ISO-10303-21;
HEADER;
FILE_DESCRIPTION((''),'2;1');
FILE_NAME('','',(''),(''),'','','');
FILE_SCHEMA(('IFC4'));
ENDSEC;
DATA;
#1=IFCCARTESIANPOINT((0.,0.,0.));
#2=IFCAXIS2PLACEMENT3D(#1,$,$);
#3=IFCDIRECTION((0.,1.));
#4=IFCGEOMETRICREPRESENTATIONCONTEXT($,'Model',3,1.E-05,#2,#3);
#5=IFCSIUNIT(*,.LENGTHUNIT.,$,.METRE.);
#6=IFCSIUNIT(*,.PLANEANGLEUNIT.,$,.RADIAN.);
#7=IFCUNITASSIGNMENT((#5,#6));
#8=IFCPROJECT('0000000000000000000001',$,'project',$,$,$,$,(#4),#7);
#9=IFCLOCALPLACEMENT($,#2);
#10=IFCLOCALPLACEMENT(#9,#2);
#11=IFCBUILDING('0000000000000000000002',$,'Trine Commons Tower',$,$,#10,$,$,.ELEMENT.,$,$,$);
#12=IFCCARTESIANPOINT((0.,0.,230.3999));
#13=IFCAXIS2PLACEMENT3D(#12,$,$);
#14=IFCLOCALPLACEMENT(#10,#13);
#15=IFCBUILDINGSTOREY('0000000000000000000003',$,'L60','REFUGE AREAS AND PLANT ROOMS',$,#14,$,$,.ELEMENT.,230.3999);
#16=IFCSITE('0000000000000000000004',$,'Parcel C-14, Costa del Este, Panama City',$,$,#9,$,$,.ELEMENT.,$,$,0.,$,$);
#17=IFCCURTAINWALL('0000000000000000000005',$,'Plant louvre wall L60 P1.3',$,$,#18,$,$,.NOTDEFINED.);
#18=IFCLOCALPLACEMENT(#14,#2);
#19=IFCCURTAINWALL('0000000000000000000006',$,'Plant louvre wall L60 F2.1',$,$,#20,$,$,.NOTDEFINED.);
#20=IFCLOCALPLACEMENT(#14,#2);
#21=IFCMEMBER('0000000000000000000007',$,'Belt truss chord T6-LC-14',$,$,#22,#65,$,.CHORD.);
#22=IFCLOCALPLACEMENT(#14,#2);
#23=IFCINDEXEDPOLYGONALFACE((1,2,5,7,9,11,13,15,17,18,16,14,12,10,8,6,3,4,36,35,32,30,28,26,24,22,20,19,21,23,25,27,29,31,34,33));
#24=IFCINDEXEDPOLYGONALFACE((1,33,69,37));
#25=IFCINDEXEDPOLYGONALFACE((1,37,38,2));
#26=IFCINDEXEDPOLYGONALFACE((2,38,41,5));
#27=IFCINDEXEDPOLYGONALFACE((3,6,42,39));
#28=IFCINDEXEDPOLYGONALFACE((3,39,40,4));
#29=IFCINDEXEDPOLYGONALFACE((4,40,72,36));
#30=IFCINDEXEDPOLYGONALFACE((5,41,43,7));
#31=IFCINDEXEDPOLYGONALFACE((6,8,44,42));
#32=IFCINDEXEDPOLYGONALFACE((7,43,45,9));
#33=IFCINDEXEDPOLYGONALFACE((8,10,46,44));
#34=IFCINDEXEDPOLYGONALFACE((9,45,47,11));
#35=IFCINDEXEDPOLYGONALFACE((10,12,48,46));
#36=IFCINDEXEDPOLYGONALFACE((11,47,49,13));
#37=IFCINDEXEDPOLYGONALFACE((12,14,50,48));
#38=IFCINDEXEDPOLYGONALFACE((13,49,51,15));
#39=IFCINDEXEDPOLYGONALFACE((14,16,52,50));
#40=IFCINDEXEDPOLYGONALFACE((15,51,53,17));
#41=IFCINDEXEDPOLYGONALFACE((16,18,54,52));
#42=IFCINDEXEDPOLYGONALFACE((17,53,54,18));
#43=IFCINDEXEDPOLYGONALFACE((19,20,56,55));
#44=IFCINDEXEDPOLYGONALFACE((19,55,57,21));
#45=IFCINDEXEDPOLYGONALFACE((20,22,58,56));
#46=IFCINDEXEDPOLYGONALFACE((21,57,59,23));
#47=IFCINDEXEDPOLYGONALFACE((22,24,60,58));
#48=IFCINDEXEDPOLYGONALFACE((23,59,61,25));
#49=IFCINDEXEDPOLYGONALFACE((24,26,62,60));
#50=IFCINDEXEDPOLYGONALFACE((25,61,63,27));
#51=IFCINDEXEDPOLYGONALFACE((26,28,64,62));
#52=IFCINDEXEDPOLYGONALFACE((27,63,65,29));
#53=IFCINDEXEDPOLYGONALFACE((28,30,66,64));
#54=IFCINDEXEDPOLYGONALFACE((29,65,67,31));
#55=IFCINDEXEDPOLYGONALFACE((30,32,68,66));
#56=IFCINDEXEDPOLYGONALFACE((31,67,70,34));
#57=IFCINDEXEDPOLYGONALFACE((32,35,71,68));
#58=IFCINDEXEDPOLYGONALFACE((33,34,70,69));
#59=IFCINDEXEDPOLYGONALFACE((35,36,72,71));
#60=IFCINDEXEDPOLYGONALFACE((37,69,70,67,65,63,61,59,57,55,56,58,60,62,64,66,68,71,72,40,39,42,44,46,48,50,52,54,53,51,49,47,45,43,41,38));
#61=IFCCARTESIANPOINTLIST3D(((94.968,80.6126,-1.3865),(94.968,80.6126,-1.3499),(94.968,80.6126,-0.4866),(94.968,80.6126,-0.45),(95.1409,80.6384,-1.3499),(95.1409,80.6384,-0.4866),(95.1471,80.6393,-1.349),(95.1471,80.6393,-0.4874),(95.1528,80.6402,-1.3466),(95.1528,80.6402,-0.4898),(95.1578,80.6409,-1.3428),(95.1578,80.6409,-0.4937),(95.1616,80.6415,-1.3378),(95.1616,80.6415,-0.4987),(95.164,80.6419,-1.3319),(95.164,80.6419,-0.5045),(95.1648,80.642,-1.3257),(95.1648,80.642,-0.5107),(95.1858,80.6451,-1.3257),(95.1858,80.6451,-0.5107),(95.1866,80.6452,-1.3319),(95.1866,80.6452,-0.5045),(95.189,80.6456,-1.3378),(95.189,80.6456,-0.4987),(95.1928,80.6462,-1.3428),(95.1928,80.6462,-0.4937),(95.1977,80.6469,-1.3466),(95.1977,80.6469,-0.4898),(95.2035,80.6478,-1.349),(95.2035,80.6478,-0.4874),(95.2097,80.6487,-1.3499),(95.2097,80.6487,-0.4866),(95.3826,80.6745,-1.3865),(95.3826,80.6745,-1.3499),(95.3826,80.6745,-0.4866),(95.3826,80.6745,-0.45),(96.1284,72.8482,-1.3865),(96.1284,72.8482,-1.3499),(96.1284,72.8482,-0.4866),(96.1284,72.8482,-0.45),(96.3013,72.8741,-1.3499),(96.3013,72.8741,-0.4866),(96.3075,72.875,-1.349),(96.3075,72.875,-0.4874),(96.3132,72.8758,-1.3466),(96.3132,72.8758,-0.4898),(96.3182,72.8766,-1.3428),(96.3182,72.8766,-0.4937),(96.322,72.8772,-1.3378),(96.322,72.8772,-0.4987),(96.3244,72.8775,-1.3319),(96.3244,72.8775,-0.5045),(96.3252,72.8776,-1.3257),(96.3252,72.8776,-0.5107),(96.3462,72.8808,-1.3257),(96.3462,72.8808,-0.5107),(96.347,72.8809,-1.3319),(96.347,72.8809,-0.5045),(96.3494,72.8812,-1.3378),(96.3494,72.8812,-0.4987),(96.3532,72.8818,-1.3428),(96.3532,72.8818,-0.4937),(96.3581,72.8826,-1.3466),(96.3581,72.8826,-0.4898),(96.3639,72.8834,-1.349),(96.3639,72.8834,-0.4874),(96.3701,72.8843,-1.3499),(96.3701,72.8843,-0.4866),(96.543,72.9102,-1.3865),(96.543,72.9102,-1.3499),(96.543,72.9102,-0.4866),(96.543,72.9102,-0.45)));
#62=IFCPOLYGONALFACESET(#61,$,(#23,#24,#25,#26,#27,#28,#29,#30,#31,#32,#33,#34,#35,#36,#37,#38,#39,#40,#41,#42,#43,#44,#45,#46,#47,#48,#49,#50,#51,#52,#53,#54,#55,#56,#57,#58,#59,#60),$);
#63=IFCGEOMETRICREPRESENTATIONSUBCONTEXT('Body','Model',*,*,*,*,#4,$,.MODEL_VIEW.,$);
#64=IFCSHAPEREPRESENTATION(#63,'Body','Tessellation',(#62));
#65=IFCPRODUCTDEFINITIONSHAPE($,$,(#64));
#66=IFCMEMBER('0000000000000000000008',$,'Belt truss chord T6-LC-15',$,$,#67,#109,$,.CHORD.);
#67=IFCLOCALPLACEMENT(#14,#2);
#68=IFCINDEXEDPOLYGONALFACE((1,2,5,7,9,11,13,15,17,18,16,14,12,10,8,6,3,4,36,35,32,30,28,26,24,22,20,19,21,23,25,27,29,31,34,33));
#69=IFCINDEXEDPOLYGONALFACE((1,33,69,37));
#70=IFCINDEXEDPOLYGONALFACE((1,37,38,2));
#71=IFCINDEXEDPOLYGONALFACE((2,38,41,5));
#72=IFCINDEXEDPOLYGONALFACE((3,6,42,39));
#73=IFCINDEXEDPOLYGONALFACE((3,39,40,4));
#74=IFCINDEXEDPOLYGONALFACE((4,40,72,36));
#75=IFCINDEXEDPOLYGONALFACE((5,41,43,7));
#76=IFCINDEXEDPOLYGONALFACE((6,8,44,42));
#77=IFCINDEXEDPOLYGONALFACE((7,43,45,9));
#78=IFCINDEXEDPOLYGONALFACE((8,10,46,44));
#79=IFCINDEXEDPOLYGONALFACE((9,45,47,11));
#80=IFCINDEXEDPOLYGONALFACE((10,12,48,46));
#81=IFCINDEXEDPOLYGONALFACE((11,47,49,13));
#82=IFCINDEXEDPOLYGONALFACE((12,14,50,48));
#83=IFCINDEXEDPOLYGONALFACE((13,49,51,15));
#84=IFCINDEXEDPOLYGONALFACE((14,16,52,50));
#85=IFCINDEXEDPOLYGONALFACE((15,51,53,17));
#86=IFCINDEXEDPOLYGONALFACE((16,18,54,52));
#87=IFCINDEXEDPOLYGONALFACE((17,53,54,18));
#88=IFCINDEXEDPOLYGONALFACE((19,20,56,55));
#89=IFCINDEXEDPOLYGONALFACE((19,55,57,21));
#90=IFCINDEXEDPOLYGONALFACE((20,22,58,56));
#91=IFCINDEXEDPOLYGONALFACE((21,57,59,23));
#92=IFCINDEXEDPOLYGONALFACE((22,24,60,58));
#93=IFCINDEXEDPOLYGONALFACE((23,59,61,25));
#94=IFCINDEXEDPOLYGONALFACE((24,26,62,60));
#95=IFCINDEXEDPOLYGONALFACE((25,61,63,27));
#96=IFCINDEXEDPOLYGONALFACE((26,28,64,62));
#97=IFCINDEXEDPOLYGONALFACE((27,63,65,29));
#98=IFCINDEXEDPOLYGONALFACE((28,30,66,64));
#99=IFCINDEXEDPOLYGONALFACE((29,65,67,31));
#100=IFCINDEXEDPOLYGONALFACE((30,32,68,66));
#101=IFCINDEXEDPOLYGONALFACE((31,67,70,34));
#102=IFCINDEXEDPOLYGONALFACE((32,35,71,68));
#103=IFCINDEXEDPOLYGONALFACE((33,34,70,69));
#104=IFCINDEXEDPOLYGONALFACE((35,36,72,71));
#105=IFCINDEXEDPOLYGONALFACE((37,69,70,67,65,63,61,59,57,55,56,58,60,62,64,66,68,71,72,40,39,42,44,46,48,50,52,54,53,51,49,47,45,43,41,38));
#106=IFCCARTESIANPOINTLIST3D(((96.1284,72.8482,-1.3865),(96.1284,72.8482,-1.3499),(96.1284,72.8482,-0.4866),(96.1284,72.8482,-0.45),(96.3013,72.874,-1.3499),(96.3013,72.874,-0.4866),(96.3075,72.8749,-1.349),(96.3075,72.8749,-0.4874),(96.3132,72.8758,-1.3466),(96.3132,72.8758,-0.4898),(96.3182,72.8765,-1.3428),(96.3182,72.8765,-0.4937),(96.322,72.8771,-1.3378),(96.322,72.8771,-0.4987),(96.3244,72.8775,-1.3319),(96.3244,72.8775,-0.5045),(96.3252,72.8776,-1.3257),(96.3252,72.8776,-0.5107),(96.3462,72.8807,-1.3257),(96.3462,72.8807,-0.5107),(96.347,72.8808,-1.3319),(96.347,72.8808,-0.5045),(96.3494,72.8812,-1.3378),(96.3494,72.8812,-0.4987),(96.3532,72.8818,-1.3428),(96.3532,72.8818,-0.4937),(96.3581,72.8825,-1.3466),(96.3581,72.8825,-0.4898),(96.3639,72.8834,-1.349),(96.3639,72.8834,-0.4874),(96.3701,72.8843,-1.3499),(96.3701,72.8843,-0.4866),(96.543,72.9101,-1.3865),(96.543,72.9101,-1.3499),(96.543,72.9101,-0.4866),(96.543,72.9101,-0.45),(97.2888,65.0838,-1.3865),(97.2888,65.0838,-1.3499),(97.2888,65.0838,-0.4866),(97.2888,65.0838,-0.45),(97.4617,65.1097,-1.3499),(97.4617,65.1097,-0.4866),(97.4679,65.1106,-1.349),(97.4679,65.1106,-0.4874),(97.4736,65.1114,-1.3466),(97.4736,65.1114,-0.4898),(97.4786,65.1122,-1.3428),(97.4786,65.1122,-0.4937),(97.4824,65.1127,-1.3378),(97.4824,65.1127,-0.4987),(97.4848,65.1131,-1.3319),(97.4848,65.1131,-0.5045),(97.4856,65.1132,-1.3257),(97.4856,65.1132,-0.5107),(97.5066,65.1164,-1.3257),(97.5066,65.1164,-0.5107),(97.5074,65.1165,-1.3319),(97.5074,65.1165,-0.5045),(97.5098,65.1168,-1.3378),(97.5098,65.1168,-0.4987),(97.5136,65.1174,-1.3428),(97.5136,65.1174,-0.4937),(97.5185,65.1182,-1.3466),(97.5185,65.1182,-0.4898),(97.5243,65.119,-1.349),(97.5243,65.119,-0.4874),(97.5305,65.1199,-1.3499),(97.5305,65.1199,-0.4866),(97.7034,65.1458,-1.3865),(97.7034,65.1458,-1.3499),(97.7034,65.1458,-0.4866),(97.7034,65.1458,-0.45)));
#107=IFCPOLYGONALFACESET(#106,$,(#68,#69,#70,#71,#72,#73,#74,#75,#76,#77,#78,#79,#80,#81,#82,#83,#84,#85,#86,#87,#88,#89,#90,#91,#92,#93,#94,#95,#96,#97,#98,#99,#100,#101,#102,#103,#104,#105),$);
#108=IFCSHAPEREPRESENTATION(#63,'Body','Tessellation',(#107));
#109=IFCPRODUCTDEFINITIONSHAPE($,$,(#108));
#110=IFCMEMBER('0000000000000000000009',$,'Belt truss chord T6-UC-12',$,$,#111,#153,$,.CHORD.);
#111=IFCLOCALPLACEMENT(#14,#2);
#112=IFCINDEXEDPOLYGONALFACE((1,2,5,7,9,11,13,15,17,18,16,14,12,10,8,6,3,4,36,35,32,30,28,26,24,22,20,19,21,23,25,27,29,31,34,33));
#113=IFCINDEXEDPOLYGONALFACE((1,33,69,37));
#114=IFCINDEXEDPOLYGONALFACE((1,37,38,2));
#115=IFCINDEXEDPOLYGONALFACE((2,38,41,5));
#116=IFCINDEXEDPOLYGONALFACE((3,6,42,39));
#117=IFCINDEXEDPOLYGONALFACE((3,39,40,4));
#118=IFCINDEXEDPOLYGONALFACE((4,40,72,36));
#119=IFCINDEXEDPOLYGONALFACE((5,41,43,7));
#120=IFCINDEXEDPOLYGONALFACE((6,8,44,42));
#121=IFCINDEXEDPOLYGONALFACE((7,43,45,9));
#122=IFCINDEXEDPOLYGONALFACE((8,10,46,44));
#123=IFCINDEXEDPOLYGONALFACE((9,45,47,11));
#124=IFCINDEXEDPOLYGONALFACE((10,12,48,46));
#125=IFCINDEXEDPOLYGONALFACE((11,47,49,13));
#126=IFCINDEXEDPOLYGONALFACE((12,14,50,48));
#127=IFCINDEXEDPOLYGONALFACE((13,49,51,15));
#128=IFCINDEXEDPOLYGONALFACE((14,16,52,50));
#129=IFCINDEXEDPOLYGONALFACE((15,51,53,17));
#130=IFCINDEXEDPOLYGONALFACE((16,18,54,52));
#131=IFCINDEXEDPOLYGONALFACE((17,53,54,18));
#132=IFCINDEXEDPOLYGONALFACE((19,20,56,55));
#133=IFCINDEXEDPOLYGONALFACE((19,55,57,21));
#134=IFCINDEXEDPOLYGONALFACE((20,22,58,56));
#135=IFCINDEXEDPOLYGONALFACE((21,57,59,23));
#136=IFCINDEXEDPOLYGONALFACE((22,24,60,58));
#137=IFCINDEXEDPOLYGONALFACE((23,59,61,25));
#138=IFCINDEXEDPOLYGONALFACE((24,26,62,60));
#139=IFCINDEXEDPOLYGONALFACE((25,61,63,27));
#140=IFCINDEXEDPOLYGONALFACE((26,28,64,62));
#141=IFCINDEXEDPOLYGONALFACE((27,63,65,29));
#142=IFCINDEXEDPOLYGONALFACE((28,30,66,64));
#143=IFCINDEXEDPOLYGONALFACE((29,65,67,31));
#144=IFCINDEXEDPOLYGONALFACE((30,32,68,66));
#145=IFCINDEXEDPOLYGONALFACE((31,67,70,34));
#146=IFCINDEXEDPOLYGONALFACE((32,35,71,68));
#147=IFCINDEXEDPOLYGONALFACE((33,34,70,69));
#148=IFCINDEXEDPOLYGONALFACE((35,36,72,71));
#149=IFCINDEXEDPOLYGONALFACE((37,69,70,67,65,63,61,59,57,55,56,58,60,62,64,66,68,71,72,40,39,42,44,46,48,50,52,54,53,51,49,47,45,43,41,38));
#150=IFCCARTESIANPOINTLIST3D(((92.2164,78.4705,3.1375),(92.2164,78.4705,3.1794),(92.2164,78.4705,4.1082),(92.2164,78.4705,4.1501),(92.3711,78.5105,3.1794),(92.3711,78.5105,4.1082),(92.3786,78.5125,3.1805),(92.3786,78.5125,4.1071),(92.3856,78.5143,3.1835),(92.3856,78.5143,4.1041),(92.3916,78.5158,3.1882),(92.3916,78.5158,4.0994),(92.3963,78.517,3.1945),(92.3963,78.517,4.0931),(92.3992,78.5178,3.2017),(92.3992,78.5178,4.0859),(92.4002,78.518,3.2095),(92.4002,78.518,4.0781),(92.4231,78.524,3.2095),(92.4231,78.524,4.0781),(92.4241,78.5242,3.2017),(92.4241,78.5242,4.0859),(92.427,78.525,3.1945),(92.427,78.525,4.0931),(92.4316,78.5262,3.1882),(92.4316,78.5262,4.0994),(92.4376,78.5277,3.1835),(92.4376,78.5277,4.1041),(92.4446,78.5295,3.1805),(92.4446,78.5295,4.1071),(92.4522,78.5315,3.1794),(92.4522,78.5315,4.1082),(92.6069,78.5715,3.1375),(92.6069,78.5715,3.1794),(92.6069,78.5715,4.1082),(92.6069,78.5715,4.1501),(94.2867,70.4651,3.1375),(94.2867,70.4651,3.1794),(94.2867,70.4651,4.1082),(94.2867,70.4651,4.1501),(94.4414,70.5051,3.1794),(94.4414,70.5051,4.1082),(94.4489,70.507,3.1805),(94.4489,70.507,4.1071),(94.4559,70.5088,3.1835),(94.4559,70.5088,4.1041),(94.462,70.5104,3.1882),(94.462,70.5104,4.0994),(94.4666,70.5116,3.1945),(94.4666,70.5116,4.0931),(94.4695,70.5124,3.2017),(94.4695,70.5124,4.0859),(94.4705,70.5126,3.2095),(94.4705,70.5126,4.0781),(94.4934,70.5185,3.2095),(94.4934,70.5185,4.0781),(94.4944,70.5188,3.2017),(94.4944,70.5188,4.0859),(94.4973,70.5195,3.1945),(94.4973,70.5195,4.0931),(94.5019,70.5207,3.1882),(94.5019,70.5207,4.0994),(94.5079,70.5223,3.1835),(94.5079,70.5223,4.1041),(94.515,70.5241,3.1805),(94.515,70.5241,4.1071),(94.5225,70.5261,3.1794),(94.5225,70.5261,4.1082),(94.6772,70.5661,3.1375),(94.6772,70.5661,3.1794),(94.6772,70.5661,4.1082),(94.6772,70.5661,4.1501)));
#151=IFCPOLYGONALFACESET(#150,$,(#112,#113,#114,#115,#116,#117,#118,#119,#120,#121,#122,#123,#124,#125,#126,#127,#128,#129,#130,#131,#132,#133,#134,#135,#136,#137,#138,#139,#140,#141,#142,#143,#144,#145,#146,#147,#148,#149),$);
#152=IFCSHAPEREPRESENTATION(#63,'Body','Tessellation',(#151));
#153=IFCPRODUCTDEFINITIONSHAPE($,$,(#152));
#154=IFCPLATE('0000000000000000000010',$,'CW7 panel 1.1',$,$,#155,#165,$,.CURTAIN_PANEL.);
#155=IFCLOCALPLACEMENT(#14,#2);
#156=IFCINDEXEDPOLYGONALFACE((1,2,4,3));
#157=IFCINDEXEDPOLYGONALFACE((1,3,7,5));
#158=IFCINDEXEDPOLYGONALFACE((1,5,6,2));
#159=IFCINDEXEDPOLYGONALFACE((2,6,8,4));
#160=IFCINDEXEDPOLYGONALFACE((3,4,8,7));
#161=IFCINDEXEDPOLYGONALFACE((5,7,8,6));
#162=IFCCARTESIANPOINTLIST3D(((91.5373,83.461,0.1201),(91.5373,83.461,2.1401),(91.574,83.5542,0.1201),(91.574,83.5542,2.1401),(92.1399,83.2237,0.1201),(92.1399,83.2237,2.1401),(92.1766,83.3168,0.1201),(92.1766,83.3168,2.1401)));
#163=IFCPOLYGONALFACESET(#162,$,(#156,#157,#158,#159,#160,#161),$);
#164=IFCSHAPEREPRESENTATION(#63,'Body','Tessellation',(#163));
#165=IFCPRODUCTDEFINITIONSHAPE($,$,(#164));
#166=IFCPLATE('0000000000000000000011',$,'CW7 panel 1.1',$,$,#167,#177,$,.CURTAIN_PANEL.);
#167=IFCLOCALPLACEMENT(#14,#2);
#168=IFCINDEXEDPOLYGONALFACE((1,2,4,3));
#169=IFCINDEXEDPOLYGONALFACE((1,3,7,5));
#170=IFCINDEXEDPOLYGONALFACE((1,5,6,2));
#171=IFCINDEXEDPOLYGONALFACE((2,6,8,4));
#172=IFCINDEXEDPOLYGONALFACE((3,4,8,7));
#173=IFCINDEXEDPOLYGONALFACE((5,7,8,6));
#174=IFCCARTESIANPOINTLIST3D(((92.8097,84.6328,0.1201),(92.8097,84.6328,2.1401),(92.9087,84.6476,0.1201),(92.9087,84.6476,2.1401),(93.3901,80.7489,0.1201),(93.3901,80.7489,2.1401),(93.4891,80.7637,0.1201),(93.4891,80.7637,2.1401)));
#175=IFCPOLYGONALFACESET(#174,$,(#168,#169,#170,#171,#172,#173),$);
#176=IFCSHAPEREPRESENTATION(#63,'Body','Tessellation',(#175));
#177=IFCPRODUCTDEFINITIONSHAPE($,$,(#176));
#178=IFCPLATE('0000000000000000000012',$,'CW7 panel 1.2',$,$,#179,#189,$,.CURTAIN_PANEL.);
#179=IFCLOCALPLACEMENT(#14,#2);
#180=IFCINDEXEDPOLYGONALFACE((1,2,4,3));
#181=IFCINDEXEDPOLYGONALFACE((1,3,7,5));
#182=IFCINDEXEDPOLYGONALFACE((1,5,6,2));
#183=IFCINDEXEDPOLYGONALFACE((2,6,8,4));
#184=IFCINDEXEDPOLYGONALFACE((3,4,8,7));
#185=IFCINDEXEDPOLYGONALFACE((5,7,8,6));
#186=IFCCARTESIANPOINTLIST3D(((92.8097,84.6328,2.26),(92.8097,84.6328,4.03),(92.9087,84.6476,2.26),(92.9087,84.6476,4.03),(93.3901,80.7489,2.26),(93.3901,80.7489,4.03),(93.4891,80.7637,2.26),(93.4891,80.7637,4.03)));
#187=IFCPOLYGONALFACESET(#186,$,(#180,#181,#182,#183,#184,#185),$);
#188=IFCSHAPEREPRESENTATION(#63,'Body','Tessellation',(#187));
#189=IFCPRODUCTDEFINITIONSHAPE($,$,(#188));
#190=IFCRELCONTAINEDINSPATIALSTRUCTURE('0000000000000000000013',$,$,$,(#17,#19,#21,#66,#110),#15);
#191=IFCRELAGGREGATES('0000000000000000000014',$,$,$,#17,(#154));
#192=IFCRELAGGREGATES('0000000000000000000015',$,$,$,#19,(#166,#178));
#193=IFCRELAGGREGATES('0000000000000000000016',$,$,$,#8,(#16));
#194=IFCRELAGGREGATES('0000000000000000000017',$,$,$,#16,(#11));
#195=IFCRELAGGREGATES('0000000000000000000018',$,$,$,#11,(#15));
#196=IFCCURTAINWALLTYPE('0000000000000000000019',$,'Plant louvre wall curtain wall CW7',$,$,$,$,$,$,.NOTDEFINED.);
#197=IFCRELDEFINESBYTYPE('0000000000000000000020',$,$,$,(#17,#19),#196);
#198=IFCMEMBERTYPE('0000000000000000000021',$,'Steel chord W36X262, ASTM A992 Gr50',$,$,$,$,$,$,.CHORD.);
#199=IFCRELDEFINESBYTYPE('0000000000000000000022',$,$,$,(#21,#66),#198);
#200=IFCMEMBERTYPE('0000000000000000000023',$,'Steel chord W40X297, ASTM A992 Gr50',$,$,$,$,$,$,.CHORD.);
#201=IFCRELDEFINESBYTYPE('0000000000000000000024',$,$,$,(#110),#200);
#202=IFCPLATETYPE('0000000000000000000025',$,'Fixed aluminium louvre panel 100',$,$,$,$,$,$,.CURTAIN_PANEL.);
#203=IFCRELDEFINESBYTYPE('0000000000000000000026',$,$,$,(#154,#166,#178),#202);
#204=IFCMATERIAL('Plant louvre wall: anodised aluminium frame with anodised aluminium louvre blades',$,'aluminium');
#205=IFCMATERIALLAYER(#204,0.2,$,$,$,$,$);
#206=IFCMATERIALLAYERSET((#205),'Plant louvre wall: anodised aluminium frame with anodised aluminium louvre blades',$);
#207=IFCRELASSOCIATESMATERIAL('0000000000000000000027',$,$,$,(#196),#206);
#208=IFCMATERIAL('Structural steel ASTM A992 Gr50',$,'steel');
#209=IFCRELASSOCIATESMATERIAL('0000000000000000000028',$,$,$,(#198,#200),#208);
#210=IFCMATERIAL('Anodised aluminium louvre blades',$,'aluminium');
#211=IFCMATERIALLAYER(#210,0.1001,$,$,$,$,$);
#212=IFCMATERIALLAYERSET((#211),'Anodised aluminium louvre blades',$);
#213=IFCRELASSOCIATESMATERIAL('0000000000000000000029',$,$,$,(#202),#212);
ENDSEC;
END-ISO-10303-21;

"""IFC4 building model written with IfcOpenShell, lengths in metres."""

from ifc_helpers import new_model, si_unit, direction, frame, origin, origin_2d, place, context, subcontext, project, spatial, rectangle, i_section, extrude, material, layer, layer_set, material_profile, profile_set, type_object, element, aggregate, save


model = new_model("IFC4")

# Units and contexts
model_context = context("Model", 3, precision=1e-05, world=origin(), true_north=direction((0.0, 1.0)))
body_context = subcontext(model_context, "Body", "Model", "MODEL_VIEW")
ifc_project = project(units=[si_unit("LENGTHUNIT", "METRE"), si_unit("PLANEANGLEUNIT", "RADIAN")], contexts=[model_context])

# Site, building, storey
site_placement = place(None, origin())
site = spatial("IfcSite", under=ifc_project, at=site_placement, Name="Parcel C-14, Costa del Este, Panama City", CompositionType="ELEMENT", RefElevation=0.0)
building_placement = place(site_placement, origin())
building = spatial("IfcBuilding", under=site, at=building_placement, Name="Trine Commons Tower", CompositionType="ELEMENT")
storey_placement = place(building_placement, frame((0.0, 0.0, 230.3999)))
storey = spatial("IfcBuildingStorey", under=building, at=storey_placement, Name="L60", Description="REFUGE AREAS AND PLANT ROOMS", CompositionType="ELEMENT", Elevation=230.3999)

# Curtain walls
ifc_material_1 = material(Name="Plant louvre wall: anodised aluminium frame with anodised aluminium louvre blades", Category="aluminium")
ifc_layer_1 = layer(ifc_material_1, 0.2)
ifc_layer_set_1 = layer_set([ifc_layer_1], Name="Plant louvre wall: anodised aluminium frame with anodised aluminium louvre blades")
curtain_wall_type = type_object("IfcCurtainWallType", Name="Plant louvre wall curtain wall CW7", PredefinedType="NOTDEFINED", material=ifc_layer_set_1)
curtain_wall_1_placement = place(storey_placement, origin())
curtain_wall_1 = element("IfcCurtainWall", 1, at=curtain_wall_1_placement, inside=storey, type_object=curtain_wall_type, Name="Plant louvre wall L60 P1.3", PredefinedType="NOTDEFINED")
curtain_wall_2_placement = place(storey_placement, origin())
curtain_wall_2 = element("IfcCurtainWall", 2, at=curtain_wall_2_placement, inside=storey, type_object=curtain_wall_type, Name="Plant louvre wall L60 F2.1", PredefinedType="NOTDEFINED")

# Members
ifc_material_2 = material(Name="Structural steel ASTM A992 Gr50", Category="steel")
ifc_material_profile_1 = material_profile(ifc_material_2, i_section(OverallWidth=0.4192, OverallDepth=0.9365, WebThickness=0.0212, FlangeThickness=0.0366, FilletRadius=0.0242, at=origin_2d()), Name="W36X262")
ifc_profile_set_1 = profile_set([ifc_material_profile_1], Name="Structural steel ASTM A992 Gr50")
member_type_1 = type_object("IfcMemberType", Name="Steel chord W36X262, ASTM A992 Gr50", PredefinedType="CHORD", material=ifc_profile_set_1)
for number, where, z_axis, x_axis, name in (
    (3, (95.1753, 80.6436, -0.9182), (0.14781, -0.989016, 0.0), (0.989016, 0.14781, 0.0), "Belt truss chord T6-LC-14"),
    (4, (96.3357, 72.8792, -0.9182), (0.14781, -0.989016, 0.0), (0.989016, 0.14781, 0.0), "Belt truss chord T6-LC-15"),
):
    element("IfcMember", number, at=place(storey_placement, frame(where, z_axis=z_axis, x_axis=x_axis)), inside=storey, type_object=member_type_1, Name=name, PredefinedType="CHORD", context=body_context, shape_type="SweptSolid", body=[
        extrude(i_section(OverallWidth=0.4192, OverallDepth=0.9365, WebThickness=0.0212, FlangeThickness=0.0366, FilletRadius=0.0242, at=origin_2d()), origin(), (0.0, 0.0, 1.0), 7.8506),
    ])
ifc_material_profile_2 = material_profile(ifc_material_2, i_section(OverallWidth=0.4033, OverallDepth=1.0127, WebThickness=0.0237, FlangeThickness=0.042, FilletRadius=0.03, at=origin_2d()), Name="W40X297")
ifc_profile_set_2 = profile_set([ifc_material_profile_2], Name="Structural steel ASTM A992 Gr50")
member_type_2 = type_object("IfcMemberType", Name="Steel chord W40X297, ASTM A992 Gr50", PredefinedType="CHORD", material=ifc_profile_set_2)
member_1_placement = place(storey_placement, frame((92.4116, 78.521, 3.6438), z_axis=(0.250378, -0.968148, 0.0), x_axis=(0.968148, 0.250378, 0.0)))
element("IfcMember", 5, at=member_1_placement, inside=storey, type_object=member_type_2, Name="Belt truss chord T6-UC-12", PredefinedType="CHORD", context=body_context, shape_type="SweptSolid", body=[
    extrude(i_section(OverallWidth=0.4033, OverallDepth=1.0127, WebThickness=0.0237, FlangeThickness=0.042, FilletRadius=0.03, at=origin_2d()), origin(), (0.0, 0.0, 1.0), 8.2688),
])

# Plates
ifc_material_3 = material(Name="Anodised aluminium louvre blades", Category="aluminium")
ifc_layer_2 = layer(ifc_material_3, 0.1001)
ifc_layer_set_2 = layer_set([ifc_layer_2], Name="Anodised aluminium louvre blades")
plate_type = type_object("IfcPlateType", Name="Fixed aluminium louvre panel 100", PredefinedType="CURTAIN_PANEL", material=ifc_layer_set_2)
plate_1_placement = place(storey_placement, frame((91.8569, 83.3889, 0.1201), z_axis=(0.0, 0.0, 1.0), x_axis=(0.930418, -0.366501, 0.0)))
plate_1 = element("IfcPlate", 6, at=plate_1_placement, type_object=plate_type, Name="CW7 panel 1.1", PredefinedType="CURTAIN_PANEL", context=body_context, shape_type="SweptSolid", body=[
    extrude(rectangle(XDim=0.6477, YDim=0.1001, at=origin_2d()), origin(), (0.0, 0.0, 1.0), 2.02),
])
aggregate(curtain_wall_1, [plate_1])
plate_2_placement = place(storey_placement, frame((93.1494, 82.6982, 0.1201), z_axis=(0.0, 0.0, 1.0), x_axis=(0.147809, -0.989016, 0.0)))
plate_2 = element("IfcPlate", 7, at=plate_2_placement, type_object=plate_type, Name="CW7 panel 1.1", PredefinedType="CURTAIN_PANEL", context=body_context, shape_type="SweptSolid", body=[
    extrude(rectangle(XDim=3.927, YDim=0.1001, at=origin_2d()), origin(), (0.0, 0.0, 1.0), 2.02),
])
plate_3_placement = place(storey_placement, frame((93.1494, 82.6982, 2.26), z_axis=(0.0, 0.0, 1.0), x_axis=(0.147809, -0.989016, 0.0)))
plate_3 = element("IfcPlate", 8, at=plate_3_placement, type_object=plate_type, Name="CW7 panel 1.2", PredefinedType="CURTAIN_PANEL", context=body_context, shape_type="SweptSolid", body=[
    extrude(rectangle(XDim=3.927, YDim=0.1001, at=origin_2d()), origin(), (0.0, 0.0, 1.0), 1.77),
])
aggregate(curtain_wall_2, [plate_2, plate_3])

save(model, "model.ifc")
